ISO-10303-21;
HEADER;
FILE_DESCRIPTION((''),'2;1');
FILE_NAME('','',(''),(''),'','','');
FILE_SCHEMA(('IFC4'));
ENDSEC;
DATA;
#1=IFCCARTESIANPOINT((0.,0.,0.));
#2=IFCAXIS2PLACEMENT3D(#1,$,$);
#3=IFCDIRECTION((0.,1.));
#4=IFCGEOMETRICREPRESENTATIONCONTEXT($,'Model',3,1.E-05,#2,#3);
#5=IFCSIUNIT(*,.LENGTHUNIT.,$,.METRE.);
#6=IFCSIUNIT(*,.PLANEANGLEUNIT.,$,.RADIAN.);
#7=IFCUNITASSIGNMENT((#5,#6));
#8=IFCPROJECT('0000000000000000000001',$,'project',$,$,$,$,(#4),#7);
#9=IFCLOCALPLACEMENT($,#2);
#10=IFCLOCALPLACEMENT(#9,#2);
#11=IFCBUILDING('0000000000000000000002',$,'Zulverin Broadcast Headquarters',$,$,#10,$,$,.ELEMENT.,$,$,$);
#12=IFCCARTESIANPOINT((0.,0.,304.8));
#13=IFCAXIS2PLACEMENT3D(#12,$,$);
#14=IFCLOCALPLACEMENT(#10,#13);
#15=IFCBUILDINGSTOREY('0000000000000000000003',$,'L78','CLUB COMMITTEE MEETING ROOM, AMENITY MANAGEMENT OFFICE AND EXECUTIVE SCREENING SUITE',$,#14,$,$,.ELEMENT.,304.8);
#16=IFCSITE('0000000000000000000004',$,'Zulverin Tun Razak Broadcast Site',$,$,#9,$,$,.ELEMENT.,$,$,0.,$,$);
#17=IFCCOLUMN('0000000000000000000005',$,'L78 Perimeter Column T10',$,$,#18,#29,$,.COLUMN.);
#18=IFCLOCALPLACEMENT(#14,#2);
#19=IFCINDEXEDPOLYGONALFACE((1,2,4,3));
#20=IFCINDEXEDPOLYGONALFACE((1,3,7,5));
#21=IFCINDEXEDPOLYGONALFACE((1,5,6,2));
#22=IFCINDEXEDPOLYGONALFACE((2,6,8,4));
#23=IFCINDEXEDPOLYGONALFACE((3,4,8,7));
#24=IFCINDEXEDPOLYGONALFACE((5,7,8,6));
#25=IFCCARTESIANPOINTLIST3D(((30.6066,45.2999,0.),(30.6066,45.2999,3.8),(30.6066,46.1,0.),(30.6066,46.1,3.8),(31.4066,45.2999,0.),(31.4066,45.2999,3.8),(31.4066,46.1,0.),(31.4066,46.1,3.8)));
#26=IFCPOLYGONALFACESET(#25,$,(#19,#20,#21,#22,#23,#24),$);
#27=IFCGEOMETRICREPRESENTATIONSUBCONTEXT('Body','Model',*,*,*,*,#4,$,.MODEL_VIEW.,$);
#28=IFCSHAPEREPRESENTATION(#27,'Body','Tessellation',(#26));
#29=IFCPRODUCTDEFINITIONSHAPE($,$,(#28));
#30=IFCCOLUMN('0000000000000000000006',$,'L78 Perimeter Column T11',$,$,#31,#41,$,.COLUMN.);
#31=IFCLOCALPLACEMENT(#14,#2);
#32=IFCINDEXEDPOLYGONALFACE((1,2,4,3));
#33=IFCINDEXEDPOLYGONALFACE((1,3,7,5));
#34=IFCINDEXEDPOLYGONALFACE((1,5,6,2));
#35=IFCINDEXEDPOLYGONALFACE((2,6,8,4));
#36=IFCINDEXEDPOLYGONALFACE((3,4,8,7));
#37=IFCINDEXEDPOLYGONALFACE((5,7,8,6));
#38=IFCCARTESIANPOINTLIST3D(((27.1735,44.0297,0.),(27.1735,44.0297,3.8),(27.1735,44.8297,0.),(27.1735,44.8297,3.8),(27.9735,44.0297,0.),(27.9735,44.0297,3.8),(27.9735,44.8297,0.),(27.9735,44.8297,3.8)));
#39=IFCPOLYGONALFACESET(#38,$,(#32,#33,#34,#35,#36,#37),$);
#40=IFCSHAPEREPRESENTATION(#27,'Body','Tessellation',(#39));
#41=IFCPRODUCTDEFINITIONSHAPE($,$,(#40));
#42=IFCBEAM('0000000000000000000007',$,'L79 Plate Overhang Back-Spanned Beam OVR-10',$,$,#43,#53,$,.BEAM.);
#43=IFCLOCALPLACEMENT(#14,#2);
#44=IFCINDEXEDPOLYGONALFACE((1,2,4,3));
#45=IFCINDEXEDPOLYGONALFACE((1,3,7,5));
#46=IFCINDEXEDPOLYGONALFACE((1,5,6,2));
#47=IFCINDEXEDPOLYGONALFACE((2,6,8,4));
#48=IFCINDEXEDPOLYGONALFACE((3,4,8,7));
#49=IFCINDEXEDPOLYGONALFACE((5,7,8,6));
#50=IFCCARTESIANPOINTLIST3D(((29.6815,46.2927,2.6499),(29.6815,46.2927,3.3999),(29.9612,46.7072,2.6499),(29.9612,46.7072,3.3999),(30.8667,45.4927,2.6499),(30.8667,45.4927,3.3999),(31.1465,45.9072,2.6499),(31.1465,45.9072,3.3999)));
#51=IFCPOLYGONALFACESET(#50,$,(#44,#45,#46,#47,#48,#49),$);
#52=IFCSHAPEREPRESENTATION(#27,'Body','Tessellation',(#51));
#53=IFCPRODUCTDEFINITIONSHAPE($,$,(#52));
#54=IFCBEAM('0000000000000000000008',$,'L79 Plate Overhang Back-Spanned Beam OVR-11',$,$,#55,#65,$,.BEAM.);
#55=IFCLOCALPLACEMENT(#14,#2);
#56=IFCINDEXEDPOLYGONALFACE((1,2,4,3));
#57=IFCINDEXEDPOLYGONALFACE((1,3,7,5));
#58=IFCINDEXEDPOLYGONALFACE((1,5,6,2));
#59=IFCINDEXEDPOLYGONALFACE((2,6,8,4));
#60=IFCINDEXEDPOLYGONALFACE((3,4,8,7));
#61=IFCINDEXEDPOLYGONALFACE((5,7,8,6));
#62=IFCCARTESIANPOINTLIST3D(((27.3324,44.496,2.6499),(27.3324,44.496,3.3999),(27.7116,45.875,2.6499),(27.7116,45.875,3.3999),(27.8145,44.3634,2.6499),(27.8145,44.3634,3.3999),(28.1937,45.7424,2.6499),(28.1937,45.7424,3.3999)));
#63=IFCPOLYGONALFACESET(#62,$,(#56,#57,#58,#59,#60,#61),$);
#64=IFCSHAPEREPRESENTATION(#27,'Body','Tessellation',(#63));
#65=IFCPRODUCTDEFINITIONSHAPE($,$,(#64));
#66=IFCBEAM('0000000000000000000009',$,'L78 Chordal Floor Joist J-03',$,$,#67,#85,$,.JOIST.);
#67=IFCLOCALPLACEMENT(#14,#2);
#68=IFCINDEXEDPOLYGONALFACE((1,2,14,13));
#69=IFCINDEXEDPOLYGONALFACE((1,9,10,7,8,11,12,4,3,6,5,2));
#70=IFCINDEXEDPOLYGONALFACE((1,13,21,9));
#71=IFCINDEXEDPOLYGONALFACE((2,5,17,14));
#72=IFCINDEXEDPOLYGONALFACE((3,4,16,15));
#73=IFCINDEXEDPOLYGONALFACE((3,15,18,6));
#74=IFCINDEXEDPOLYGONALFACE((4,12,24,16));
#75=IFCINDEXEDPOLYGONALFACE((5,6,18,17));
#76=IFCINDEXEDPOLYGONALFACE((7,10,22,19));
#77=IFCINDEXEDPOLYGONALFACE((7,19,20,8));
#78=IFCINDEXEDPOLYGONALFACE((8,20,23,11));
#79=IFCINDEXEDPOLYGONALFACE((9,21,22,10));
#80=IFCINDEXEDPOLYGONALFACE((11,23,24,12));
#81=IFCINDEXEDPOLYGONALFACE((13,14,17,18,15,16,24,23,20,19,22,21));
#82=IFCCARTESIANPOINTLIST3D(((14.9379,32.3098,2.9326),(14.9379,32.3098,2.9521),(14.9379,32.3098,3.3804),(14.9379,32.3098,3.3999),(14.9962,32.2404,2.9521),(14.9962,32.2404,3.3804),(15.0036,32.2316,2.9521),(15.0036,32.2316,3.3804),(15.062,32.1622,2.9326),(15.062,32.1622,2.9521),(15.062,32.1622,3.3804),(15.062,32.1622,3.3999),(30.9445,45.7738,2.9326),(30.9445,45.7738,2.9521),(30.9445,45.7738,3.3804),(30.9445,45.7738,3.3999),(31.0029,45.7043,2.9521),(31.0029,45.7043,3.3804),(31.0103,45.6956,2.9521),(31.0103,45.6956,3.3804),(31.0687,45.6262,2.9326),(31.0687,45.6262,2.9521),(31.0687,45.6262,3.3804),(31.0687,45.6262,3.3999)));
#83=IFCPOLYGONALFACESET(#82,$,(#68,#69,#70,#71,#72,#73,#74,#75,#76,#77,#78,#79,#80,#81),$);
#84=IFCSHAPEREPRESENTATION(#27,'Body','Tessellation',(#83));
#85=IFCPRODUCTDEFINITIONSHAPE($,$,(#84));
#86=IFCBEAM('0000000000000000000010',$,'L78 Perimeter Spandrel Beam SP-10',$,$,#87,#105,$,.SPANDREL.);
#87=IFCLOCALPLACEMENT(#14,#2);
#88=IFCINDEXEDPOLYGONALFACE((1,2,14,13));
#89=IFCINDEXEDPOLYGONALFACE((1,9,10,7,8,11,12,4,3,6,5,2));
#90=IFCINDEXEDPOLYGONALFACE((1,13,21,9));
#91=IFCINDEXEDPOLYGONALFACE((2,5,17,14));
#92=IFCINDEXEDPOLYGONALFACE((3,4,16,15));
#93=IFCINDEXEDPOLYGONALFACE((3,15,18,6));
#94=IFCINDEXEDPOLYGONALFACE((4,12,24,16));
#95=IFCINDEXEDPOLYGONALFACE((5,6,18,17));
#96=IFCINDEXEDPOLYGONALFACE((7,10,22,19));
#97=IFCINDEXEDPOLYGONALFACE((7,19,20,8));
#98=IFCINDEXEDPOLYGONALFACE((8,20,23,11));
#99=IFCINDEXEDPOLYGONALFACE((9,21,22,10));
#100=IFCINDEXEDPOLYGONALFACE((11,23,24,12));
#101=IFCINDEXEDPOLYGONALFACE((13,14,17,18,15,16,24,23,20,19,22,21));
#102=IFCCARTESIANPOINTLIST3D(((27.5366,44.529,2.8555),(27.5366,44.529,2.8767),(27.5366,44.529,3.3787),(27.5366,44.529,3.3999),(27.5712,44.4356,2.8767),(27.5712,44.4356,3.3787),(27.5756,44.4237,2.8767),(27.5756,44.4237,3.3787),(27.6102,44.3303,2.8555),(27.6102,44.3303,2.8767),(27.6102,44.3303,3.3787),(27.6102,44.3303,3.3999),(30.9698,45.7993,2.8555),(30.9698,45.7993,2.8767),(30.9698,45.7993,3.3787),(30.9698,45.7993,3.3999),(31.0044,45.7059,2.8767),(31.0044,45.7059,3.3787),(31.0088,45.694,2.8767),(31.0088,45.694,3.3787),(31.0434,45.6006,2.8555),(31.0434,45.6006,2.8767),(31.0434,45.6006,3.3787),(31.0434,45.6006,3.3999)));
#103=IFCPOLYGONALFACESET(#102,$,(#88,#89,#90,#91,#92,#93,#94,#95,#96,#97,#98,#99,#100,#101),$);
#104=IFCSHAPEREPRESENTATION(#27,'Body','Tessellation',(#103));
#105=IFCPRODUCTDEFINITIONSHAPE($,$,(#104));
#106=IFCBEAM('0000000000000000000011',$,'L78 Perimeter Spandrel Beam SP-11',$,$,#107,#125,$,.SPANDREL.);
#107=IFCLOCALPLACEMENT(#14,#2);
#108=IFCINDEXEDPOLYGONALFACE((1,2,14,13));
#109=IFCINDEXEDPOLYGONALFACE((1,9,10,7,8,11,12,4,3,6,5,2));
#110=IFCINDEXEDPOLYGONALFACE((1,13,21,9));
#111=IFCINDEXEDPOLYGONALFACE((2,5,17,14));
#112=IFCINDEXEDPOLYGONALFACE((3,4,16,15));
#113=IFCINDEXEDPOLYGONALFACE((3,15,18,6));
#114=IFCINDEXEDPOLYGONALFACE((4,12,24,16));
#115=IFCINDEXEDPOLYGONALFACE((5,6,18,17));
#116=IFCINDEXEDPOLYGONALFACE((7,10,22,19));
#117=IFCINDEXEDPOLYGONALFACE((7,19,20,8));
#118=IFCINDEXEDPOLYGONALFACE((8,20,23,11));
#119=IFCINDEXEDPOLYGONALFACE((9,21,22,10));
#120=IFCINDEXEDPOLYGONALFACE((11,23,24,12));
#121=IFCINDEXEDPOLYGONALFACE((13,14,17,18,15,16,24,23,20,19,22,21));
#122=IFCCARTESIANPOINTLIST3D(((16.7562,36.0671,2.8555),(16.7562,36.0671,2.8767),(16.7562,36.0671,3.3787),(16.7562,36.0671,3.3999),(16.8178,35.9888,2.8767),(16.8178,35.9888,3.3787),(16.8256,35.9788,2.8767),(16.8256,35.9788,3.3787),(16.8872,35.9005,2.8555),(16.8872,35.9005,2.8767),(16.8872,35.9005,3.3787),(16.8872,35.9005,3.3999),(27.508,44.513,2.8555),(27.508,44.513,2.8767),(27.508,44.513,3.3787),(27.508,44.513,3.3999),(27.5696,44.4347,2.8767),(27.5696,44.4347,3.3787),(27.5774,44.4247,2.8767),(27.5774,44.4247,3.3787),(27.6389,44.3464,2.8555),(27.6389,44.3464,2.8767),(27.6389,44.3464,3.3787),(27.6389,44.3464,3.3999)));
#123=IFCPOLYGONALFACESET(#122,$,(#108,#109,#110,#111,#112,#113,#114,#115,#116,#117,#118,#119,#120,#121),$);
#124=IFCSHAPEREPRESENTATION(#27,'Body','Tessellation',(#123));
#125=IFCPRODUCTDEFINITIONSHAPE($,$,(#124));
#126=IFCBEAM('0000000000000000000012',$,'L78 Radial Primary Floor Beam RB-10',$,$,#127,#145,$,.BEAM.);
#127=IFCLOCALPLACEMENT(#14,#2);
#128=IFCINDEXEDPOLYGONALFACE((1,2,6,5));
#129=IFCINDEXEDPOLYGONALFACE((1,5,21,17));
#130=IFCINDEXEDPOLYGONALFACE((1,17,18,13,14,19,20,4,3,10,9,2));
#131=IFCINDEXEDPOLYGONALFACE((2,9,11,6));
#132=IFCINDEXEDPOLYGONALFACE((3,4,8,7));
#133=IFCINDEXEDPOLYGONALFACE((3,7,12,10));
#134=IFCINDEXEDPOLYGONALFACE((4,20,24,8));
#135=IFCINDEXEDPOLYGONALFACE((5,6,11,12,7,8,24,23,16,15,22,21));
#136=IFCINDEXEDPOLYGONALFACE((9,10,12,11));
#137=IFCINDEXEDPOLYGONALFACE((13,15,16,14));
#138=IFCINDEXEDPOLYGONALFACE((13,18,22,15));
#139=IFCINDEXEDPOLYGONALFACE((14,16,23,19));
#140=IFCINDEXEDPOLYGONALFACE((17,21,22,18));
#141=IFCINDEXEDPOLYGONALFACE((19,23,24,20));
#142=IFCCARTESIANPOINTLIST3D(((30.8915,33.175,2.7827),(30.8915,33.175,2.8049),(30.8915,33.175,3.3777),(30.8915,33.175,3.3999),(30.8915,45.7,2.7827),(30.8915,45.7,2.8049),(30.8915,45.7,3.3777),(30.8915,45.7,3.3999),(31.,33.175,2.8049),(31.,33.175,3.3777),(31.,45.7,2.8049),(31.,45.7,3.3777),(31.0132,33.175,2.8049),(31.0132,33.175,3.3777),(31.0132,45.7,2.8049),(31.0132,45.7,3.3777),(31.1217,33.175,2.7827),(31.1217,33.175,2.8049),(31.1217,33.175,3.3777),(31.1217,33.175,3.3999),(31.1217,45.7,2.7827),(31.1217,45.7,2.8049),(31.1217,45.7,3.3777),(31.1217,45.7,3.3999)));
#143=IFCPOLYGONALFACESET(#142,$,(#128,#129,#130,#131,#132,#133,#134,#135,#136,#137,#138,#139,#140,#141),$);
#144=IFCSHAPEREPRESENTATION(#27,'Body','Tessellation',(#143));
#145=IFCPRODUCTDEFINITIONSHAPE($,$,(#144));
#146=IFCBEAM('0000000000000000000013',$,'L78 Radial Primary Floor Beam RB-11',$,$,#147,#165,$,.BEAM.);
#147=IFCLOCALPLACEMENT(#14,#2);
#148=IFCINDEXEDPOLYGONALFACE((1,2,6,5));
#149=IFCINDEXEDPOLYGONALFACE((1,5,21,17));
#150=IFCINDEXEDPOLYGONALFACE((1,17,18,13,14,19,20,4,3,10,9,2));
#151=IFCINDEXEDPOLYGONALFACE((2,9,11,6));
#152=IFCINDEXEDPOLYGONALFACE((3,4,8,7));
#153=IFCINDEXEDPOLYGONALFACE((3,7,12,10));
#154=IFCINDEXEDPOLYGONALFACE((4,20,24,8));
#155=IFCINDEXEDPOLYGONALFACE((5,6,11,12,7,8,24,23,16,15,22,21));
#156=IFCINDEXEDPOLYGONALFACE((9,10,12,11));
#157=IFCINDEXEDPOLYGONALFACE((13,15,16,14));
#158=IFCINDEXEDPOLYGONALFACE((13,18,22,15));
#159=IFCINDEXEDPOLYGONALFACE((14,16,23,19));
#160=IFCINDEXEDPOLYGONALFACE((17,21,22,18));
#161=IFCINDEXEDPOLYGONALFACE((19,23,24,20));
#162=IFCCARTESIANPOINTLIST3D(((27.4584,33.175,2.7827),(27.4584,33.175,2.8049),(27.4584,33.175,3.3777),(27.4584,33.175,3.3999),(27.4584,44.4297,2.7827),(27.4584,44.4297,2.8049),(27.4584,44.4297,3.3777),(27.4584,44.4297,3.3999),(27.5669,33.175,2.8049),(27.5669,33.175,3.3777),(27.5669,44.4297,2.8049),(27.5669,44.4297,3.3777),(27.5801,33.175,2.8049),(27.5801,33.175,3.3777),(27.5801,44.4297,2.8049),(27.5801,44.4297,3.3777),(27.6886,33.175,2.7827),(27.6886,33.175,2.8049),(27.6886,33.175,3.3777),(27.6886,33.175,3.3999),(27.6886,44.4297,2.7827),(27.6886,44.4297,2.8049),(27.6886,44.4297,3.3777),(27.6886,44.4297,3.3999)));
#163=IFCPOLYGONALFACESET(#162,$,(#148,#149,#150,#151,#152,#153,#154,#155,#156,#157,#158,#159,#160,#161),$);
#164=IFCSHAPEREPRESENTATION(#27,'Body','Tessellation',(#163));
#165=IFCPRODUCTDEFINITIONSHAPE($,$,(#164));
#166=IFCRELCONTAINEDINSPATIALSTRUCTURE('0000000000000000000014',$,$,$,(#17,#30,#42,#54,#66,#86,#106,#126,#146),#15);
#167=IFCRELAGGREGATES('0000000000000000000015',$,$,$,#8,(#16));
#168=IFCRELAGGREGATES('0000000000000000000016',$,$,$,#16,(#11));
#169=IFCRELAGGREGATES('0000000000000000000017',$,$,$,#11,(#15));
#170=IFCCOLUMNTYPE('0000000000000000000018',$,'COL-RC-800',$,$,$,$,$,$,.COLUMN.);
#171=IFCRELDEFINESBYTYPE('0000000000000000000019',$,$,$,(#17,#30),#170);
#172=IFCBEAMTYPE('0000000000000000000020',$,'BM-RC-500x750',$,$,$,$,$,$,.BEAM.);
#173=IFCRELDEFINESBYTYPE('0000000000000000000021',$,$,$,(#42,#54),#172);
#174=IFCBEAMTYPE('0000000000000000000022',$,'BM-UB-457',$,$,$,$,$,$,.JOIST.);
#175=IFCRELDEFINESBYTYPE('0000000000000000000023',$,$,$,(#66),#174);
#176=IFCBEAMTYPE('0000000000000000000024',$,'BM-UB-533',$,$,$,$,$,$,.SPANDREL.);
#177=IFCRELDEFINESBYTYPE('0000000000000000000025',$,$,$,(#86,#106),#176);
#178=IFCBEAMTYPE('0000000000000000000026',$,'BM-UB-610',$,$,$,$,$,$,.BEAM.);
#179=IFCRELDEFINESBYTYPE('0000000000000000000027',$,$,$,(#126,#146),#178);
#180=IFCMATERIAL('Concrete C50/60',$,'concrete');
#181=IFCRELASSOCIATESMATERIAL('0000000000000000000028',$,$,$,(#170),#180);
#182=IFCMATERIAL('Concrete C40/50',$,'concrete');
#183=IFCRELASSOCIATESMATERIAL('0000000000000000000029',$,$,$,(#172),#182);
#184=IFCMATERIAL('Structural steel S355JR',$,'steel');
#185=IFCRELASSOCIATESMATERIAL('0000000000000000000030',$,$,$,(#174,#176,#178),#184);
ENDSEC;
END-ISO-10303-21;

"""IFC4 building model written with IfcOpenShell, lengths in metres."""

from ifc_helpers import new_model, si_unit, direction, frame, origin, origin_2d, place, context, subcontext, project, spatial, rectangle, i_section, extrude, material, material_profile, profile_set, type_object, element, save


model = new_model("IFC4")

# Units and contexts
model_context = context("Model", 3, precision=1e-05, world=origin(), true_north=direction((0.0, 1.0)))
body_context = subcontext(model_context, "Body", "Model", "MODEL_VIEW")
ifc_project = project(units=[si_unit("LENGTHUNIT", "METRE"), si_unit("PLANEANGLEUNIT", "RADIAN")], contexts=[model_context])

# Site, building, storey
site_placement = place(None, origin())
site = spatial("IfcSite", under=ifc_project, at=site_placement, Name="Zulverin Tun Razak Broadcast Site", CompositionType="ELEMENT", RefElevation=0.0)
building_placement = place(site_placement, origin())
building = spatial("IfcBuilding", under=site, at=building_placement, Name="Zulverin Broadcast Headquarters", CompositionType="ELEMENT")
storey_placement = place(building_placement, frame((0.0, 0.0, 304.8)))
storey = spatial("IfcBuildingStorey", under=building, at=storey_placement, Name="L78", Description="CLUB COMMITTEE MEETING ROOM, AMENITY MANAGEMENT OFFICE AND EXECUTIVE SCREENING SUITE", CompositionType="ELEMENT", Elevation=304.8)

# Columns
ifc_material_1 = material(Name="Concrete C50/60", Category="concrete")
ifc_material_profile_1 = material_profile(ifc_material_1, rectangle(XDim=0.8, YDim=0.8, at=origin_2d()), Name="Concrete C50/60", Category="concrete")
ifc_profile_set_1 = profile_set([ifc_material_profile_1], Name="Concrete C50/60")
column_type = type_object("IfcColumnType", Name="COL-RC-800", PredefinedType="COLUMN", material=ifc_profile_set_1)
for number, where, z_axis, x_axis, name in (
    (1, (31.0066, 45.7, 0.0), (0.0, 0.0, 1.0), (1.0, 0.0, 0.0), "L78 Perimeter Column T10"),
    (2, (27.5735, 44.4297, 0.0), (0.0, 0.0, 1.0), (1.0, 0.0, 0.0), "L78 Perimeter Column T11"),
):
    element("IfcColumn", number, at=place(storey_placement, frame(where, z_axis=z_axis, x_axis=x_axis)), inside=storey, type_object=column_type, Name=name, PredefinedType="COLUMN", context=body_context, shape_type="SweptSolid", body=[
        extrude(rectangle(XDim=0.8, YDim=0.8, at=origin_2d()), origin(), (0.0, 0.0, 1.0), 3.8),
    ])

# Beams
ifc_material_2 = material(Name="Concrete C40/50", Category="concrete")
ifc_material_profile_2 = material_profile(ifc_material_2, rectangle(XDim=0.5, YDim=0.75, at=origin_2d()), Name="Concrete C40/50", Category="concrete")
ifc_profile_set_2 = profile_set([ifc_material_profile_2], Name="Concrete C40/50")
beam_type_1 = type_object("IfcBeamType", Name="BM-RC-500x750", PredefinedType="BEAM", material=ifc_profile_set_2)
beam_1_placement = place(storey_placement, frame((31.0066, 45.7, 3.0249), z_axis=(-0.828859, 0.559458, 0.0), x_axis=(-0.559458, -0.828859, 0.0)))
element("IfcBeam", 3, at=beam_1_placement, inside=storey, type_object=beam_type_1, Name="L79 Plate Overhang Back-Spanned Beam OVR-10", PredefinedType="BEAM", context=body_context, shape_type="SweptSolid", body=[
    extrude(rectangle(XDim=0.5, YDim=0.75, at=origin_2d()), origin(), (0.0, 0.0, 1.0), 1.4299),
])
beam_2_placement = place(storey_placement, frame((27.5735, 44.4297, 3.0249), z_axis=(0.265125, 0.964214, 0.0), x_axis=(-0.964214, 0.265125, 0.0)))
element("IfcBeam", 4, at=beam_2_placement, inside=storey, type_object=beam_type_1, Name="L79 Plate Overhang Back-Spanned Beam OVR-11", PredefinedType="BEAM", context=body_context, shape_type="SweptSolid", body=[
    extrude(rectangle(XDim=0.5, YDim=0.75, at=origin_2d()), origin(), (0.0, 0.0, 1.0), 1.4302),
])
ifc_material_3 = material(Name="Structural steel S355JR", Category="steel")
ifc_material_profile_3 = material_profile(ifc_material_3, i_section(OverallWidth=0.1929, OverallDepth=0.4673, WebThickness=0.0115, FlangeThickness=0.0195, at=origin_2d()), Name="Structural steel S355JR", Category="steel")
ifc_profile_set_3 = profile_set([ifc_material_profile_3], Name="Structural steel S355JR")
beam_type_2 = type_object("IfcBeamType", Name="BM-UB-457", PredefinedType="JOIST", material=ifc_profile_set_3)
beam_3_placement = place(storey_placement, frame((31.0066, 45.7, 3.1663), z_axis=(-0.765273, -0.643706, 0.0), x_axis=(0.643706, -0.765273, 0.0)))
element("IfcBeam", 5, at=beam_3_placement, inside=storey, type_object=beam_type_2, Name="L78 Chordal Floor Joist J-03", PredefinedType="JOIST", context=body_context, shape_type="SweptSolid", body=[
    extrude(i_section(OverallWidth=0.1929, OverallDepth=0.4673, WebThickness=0.0115, FlangeThickness=0.0195, at=origin_2d()), origin(), (0.0, 0.0, 1.0), 20.9163),
])
ifc_material_profile_4 = material_profile(ifc_material_3, i_section(OverallWidth=0.2119, OverallDepth=0.5444, WebThickness=0.0127, FlangeThickness=0.0212, at=origin_2d()), Name="Structural steel S355JR", Category="steel")
ifc_profile_set_4 = profile_set([ifc_material_profile_4], Name="Structural steel S355JR")
beam_type_3 = type_object("IfcBeamType", Name="BM-UB-533", PredefinedType="SPANDREL", material=ifc_profile_set_4)
beam_4_placement = place(storey_placement, frame((31.0066, 45.7, 3.1277), z_axis=(-0.937861, -0.347012, 0.0), x_axis=(0.347012, -0.937861, 0.0)))
element("IfcBeam", 6, at=beam_4_placement, inside=storey, type_object=beam_type_3, Name="L78 Perimeter Spandrel Beam SP-10", PredefinedType="SPANDREL", context=body_context, shape_type="SweptSolid", body=[
    extrude(i_section(OverallWidth=0.2119, OverallDepth=0.5444, WebThickness=0.0127, FlangeThickness=0.0212, at=origin_2d()), origin(), (0.0, 0.0, 1.0), 3.6606),
])
beam_5_placement = place(storey_placement, frame((27.5735, 44.4297, 3.1277), z_axis=(-0.786388, -0.617732, 0.0), x_axis=(0.617732, -0.786388, 0.0)))
element("IfcBeam", 7, at=beam_5_placement, inside=storey, type_object=beam_type_3, Name="L78 Perimeter Spandrel Beam SP-11", PredefinedType="SPANDREL", context=body_context, shape_type="SweptSolid", body=[
    extrude(i_section(OverallWidth=0.2119, OverallDepth=0.5444, WebThickness=0.0127, FlangeThickness=0.0212, at=origin_2d()), origin(), (0.0, 0.0, 1.0), 13.6724),
])
ifc_material_profile_5 = material_profile(ifc_material_3, i_section(OverallWidth=0.2302, OverallDepth=0.6172, WebThickness=0.0132, FlangeThickness=0.0222, at=origin_2d()), Name="Structural steel S355JR", Category="steel")
ifc_profile_set_5 = profile_set([ifc_material_profile_5], Name="Structural steel S355JR")
beam_type_4 = type_object("IfcBeamType", Name="BM-UB-610", PredefinedType="BEAM", material=ifc_profile_set_5)
beam_6_placement = place(storey_placement, frame((31.0066, 33.175, 3.0913), z_axis=(0.0, 1.0, 0.0), x_axis=(-1.0, 0.0, 0.0)))
element("IfcBeam", 8, at=beam_6_placement, inside=storey, type_object=beam_type_4, Name="L78 Radial Primary Floor Beam RB-10", PredefinedType="BEAM", context=body_context, shape_type="SweptSolid", body=[
    extrude(i_section(OverallWidth=0.2302, OverallDepth=0.6172, WebThickness=0.0132, FlangeThickness=0.0222, at=origin_2d()), origin(), (0.0, 0.0, 1.0), 12.5249),
])
beam_7_placement = place(storey_placement, frame((27.5735, 33.175, 3.0913), z_axis=(0.0, 1.0, 0.0), x_axis=(-1.0, 0.0, 0.0)))
element("IfcBeam", 9, at=beam_7_placement, inside=storey, type_object=beam_type_4, Name="L78 Radial Primary Floor Beam RB-11", PredefinedType="BEAM", context=body_context, shape_type="SweptSolid", body=[
    extrude(i_section(OverallWidth=0.2302, OverallDepth=0.6172, WebThickness=0.0132, FlangeThickness=0.0222, at=origin_2d()), origin(), (0.0, 0.0, 1.0), 11.2546),
])

save(model, "model.ifc")
